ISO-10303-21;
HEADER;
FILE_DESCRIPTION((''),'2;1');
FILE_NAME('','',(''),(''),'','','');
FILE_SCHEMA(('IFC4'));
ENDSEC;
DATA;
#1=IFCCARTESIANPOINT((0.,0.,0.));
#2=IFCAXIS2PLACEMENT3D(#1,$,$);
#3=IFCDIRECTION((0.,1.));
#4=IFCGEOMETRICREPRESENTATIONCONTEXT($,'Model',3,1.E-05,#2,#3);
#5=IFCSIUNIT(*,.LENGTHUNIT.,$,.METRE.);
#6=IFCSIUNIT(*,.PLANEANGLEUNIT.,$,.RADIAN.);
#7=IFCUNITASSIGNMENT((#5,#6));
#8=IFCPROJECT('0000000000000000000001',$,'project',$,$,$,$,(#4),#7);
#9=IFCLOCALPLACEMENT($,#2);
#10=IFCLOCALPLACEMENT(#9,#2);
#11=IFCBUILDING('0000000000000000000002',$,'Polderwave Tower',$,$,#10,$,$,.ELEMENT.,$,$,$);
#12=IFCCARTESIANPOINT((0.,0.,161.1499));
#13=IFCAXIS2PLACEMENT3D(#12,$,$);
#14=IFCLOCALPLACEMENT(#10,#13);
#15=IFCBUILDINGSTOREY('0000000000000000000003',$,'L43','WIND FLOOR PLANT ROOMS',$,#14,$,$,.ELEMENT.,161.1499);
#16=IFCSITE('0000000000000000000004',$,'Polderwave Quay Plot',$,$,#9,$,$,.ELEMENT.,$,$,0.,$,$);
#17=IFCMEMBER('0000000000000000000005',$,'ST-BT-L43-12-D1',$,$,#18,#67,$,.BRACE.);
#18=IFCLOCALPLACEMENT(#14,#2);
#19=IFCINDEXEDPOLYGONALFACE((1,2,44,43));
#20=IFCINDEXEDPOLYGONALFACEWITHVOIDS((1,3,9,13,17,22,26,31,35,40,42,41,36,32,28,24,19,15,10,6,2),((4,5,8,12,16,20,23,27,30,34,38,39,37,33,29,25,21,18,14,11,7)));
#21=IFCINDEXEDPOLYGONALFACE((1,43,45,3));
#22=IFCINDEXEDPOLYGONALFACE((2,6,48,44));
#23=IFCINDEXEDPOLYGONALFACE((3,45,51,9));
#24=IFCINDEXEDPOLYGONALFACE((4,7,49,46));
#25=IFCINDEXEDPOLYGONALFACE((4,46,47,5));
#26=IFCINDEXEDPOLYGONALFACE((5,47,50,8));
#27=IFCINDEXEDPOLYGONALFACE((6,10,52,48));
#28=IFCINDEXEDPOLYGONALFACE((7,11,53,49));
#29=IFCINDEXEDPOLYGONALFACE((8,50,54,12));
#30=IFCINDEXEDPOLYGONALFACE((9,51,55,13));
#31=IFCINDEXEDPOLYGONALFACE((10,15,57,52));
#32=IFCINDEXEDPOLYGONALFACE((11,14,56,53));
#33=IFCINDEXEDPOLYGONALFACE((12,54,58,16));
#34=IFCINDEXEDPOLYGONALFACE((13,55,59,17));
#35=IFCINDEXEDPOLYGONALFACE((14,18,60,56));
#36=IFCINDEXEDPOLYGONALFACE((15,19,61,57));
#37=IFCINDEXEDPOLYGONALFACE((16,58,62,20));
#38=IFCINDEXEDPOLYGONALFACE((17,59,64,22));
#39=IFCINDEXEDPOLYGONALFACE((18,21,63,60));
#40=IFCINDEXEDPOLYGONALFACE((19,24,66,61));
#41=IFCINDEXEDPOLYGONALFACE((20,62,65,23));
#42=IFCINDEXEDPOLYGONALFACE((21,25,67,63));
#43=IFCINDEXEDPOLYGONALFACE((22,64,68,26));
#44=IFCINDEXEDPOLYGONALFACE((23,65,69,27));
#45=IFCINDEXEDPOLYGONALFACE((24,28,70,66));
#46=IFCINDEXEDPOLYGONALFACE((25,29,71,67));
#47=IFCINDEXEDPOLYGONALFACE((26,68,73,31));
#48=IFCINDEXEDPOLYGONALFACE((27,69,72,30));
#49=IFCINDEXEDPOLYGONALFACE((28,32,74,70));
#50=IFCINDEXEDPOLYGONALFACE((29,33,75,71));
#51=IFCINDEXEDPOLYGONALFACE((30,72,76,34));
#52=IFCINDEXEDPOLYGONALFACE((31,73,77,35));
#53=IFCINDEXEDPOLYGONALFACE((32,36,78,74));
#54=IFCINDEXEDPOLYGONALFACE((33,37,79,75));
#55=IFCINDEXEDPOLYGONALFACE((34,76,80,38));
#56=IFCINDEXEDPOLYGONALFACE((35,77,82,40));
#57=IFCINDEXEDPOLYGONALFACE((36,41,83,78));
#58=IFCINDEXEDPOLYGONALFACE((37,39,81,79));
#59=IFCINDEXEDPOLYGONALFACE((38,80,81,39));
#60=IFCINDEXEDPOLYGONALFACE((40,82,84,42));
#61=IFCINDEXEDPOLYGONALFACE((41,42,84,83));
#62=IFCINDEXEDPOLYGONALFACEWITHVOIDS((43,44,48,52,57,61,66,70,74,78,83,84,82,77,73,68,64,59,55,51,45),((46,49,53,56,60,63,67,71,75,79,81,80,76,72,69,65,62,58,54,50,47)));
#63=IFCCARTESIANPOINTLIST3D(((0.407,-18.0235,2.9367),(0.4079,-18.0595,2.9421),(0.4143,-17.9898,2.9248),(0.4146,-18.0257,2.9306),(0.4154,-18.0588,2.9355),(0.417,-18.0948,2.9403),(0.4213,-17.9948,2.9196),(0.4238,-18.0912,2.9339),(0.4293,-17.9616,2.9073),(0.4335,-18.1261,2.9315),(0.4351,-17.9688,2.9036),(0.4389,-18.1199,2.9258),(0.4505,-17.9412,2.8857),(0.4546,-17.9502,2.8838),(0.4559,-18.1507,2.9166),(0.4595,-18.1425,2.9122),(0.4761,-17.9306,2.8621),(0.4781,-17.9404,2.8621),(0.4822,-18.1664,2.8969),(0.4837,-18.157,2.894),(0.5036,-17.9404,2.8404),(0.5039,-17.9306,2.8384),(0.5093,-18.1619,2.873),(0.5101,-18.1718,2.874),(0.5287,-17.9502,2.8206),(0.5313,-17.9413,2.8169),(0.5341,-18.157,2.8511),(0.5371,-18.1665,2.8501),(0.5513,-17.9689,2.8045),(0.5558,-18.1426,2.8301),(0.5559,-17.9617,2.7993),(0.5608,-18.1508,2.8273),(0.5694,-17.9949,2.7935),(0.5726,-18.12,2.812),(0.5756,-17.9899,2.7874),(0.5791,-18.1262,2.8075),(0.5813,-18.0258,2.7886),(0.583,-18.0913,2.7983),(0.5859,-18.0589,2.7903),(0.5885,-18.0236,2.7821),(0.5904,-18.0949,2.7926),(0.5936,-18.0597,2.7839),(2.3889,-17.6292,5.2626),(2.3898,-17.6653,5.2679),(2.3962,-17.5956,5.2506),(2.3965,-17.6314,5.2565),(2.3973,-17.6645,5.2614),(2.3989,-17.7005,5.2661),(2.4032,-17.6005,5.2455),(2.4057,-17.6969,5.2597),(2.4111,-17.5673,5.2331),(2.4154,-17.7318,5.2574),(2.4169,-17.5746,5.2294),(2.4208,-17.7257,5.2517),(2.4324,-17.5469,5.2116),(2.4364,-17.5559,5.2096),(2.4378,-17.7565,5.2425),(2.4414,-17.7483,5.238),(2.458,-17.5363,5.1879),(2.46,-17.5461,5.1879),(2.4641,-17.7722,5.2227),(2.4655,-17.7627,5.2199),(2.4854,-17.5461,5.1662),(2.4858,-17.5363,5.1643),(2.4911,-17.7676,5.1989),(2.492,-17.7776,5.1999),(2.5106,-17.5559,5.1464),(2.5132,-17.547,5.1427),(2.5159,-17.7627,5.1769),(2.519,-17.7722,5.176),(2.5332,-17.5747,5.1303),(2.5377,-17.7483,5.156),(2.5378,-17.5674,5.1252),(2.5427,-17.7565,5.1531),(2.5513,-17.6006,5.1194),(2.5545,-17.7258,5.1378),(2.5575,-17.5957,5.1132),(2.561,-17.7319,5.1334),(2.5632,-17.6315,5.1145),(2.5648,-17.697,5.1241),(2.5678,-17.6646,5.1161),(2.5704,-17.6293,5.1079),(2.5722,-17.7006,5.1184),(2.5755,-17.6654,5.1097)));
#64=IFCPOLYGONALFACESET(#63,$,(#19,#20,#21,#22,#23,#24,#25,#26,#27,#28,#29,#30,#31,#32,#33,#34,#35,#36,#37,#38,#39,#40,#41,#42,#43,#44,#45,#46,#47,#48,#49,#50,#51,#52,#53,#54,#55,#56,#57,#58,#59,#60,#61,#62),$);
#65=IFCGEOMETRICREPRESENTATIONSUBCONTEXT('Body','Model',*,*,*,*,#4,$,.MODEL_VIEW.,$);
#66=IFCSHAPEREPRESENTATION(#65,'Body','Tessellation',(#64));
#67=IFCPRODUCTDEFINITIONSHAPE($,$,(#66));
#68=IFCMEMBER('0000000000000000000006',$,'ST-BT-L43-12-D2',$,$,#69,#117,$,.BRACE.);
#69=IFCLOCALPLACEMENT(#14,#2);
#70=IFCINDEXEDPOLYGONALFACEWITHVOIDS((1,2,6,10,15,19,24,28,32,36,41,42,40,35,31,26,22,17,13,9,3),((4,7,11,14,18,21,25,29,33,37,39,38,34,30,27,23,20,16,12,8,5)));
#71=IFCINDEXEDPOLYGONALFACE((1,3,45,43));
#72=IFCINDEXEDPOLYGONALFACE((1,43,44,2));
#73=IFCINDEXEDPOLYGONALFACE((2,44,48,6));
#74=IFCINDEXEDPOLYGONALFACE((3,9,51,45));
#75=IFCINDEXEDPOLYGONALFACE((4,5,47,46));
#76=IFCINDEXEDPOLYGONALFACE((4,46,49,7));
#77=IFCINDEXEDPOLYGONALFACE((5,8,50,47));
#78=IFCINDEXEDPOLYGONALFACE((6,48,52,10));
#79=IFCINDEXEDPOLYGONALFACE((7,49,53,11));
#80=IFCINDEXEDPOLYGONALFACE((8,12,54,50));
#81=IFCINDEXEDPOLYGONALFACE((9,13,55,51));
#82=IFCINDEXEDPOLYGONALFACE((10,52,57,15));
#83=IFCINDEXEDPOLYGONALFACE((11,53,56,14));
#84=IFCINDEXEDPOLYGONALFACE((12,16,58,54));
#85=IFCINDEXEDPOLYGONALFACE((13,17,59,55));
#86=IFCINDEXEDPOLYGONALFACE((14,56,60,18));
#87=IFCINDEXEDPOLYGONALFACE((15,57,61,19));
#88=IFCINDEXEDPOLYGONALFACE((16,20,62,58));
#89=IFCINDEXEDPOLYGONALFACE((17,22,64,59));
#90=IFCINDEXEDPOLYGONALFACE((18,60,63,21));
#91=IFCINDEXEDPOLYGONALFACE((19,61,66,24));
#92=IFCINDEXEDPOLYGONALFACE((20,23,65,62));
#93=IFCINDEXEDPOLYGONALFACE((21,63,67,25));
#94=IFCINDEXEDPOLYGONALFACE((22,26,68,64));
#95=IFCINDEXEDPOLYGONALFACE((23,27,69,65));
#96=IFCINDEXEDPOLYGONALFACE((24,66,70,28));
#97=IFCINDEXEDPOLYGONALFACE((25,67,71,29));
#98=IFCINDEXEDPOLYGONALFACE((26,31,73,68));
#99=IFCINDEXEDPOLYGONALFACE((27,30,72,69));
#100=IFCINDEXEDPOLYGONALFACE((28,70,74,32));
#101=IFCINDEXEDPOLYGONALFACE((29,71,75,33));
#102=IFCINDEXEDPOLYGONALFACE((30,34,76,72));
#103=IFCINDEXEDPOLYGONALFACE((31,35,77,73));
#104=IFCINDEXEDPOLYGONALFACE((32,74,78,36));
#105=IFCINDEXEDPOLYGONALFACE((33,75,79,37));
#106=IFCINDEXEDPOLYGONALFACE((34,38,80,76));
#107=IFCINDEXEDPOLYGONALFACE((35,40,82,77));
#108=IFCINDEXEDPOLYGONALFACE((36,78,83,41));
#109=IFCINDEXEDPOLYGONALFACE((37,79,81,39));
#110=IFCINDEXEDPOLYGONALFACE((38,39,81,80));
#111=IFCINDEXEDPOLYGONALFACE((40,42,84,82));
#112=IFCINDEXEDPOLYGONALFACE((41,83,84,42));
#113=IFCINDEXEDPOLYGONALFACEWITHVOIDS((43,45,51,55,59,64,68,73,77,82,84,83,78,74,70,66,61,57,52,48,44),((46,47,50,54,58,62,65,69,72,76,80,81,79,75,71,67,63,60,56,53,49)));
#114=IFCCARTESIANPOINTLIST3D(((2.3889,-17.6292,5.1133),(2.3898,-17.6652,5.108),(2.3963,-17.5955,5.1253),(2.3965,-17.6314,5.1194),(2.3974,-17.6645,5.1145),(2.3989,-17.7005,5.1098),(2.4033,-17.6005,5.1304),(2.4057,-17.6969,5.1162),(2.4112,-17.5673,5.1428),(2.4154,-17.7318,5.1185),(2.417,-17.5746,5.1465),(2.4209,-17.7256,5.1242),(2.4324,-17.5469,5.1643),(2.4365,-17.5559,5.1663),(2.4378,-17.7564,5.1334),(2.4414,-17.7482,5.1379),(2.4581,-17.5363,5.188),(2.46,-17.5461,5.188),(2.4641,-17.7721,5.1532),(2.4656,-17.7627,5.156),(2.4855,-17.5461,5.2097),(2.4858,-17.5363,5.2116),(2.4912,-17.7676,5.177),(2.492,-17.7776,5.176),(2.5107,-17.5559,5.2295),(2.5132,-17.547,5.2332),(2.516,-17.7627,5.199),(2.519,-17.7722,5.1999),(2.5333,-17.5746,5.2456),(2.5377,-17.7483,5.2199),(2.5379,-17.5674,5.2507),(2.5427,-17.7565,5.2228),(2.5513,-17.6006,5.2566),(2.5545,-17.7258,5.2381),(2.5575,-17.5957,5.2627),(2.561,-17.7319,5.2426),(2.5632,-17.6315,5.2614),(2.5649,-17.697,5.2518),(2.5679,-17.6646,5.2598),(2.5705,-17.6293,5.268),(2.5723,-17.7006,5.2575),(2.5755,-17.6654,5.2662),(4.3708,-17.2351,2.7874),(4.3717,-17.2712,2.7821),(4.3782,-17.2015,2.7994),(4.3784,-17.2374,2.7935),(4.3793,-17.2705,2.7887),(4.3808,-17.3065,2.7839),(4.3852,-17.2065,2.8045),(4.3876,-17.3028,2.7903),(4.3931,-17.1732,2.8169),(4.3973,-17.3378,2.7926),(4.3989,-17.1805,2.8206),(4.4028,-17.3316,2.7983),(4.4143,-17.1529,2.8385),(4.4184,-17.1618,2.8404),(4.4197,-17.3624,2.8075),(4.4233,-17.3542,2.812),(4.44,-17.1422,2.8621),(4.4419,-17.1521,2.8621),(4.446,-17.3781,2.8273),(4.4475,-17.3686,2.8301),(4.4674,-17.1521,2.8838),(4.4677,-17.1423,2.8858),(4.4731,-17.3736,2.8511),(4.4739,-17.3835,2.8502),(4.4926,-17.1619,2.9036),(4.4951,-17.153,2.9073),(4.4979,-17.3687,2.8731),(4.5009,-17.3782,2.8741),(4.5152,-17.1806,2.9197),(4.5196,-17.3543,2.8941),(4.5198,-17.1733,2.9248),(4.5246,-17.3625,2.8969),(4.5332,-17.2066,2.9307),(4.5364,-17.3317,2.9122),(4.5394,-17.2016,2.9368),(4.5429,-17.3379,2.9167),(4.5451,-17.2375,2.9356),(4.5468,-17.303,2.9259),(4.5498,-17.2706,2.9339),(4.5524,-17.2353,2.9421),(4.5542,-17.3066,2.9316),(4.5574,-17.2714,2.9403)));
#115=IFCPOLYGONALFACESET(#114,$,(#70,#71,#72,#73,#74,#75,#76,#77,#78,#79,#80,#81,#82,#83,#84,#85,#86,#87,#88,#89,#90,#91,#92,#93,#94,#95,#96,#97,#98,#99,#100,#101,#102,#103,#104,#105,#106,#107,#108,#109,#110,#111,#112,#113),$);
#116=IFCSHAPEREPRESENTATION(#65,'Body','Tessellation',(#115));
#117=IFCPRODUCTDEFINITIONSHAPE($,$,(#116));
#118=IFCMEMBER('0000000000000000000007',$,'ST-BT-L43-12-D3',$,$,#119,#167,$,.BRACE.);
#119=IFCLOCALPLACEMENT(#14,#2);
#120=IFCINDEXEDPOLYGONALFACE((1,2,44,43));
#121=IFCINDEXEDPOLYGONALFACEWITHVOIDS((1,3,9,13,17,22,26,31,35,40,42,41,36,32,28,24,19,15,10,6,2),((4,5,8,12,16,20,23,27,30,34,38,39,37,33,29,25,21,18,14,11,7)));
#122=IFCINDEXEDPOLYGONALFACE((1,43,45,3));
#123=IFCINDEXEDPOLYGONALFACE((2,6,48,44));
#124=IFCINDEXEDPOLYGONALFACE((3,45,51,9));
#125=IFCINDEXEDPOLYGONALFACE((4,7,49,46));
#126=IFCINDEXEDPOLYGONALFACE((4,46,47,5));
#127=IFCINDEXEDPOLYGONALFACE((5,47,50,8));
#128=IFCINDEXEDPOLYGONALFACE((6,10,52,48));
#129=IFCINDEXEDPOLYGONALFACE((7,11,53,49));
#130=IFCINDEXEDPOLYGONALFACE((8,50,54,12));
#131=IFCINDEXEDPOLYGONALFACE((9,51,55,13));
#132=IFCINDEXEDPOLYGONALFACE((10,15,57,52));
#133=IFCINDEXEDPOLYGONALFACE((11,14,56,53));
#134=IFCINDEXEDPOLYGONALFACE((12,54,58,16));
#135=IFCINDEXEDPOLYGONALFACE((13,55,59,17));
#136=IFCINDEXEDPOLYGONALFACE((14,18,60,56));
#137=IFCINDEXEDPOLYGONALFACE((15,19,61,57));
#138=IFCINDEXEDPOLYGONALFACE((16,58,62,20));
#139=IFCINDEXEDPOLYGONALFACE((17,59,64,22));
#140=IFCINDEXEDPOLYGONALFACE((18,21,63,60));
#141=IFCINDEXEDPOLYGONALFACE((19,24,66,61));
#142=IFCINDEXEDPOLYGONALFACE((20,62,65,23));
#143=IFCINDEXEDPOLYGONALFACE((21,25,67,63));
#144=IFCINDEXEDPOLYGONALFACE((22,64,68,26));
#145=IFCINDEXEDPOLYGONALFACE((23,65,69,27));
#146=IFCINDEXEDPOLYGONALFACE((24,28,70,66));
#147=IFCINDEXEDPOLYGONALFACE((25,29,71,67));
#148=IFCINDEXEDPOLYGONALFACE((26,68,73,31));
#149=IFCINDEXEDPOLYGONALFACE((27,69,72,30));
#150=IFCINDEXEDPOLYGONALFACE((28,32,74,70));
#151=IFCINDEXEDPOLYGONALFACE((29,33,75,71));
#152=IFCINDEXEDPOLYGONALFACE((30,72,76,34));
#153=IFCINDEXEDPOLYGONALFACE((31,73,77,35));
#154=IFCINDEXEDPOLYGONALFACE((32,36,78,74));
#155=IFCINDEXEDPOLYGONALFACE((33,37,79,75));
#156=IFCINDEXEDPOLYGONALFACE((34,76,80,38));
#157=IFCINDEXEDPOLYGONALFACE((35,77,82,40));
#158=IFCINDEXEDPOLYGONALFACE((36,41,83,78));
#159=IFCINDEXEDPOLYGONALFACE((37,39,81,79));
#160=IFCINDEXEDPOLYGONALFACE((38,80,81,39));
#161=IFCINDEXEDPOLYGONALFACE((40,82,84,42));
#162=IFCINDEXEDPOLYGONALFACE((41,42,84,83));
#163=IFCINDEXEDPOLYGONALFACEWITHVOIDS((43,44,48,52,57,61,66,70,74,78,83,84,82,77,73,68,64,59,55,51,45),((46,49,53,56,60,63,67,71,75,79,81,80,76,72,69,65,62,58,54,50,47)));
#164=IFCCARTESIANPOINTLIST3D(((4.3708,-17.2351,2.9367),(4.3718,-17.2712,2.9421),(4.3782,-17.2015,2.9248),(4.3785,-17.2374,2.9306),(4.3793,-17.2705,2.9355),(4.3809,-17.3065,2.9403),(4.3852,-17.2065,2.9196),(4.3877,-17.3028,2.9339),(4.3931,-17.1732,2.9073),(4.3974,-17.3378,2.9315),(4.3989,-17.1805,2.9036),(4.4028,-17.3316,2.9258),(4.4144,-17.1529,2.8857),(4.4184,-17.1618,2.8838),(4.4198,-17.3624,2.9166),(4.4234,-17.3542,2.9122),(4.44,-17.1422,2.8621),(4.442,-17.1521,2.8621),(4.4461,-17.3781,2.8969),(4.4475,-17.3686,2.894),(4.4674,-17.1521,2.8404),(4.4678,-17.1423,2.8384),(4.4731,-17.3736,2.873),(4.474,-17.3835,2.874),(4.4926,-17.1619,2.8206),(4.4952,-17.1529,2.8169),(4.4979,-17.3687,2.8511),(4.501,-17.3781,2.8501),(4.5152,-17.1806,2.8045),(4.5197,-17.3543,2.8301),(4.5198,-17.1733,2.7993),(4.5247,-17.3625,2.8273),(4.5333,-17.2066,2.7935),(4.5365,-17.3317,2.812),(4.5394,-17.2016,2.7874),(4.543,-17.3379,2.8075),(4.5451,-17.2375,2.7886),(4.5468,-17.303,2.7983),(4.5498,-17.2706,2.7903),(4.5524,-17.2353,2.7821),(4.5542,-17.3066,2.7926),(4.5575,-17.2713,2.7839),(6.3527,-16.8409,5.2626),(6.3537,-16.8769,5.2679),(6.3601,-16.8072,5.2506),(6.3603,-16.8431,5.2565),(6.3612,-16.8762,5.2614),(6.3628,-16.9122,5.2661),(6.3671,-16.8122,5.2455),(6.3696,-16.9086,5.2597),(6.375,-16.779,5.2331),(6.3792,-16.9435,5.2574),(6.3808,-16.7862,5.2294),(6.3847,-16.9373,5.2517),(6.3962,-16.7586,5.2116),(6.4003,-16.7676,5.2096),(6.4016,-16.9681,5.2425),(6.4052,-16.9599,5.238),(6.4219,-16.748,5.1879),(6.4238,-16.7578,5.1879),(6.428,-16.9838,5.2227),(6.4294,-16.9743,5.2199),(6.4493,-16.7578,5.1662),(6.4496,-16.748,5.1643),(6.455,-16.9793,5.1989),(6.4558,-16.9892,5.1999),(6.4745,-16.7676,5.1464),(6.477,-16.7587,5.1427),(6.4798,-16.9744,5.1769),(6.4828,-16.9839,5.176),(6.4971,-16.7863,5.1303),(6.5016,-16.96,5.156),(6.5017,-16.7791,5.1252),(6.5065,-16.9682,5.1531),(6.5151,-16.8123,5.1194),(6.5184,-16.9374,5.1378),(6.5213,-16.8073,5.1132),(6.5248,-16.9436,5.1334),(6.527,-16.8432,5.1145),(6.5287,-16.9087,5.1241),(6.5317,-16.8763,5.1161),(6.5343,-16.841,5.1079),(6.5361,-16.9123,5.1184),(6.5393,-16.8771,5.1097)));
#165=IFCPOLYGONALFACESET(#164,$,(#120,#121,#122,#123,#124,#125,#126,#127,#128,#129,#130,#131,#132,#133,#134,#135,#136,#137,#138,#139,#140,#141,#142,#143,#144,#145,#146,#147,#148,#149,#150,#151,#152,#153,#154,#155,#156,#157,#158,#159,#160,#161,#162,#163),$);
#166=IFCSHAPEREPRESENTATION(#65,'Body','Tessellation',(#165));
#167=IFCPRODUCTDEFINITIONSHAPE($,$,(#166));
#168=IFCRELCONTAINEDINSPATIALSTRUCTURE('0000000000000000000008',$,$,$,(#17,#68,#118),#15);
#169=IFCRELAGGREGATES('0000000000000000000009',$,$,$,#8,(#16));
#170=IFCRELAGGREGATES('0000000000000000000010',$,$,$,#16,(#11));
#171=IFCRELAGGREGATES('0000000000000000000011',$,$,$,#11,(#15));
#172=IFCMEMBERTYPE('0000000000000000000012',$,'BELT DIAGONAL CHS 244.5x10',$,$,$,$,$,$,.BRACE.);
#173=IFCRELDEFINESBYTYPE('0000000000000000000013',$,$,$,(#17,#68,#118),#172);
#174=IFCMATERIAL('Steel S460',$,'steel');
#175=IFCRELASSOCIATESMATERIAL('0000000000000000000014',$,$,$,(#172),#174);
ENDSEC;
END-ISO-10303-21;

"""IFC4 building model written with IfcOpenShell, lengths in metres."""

from ifc_helpers import new_model, si_unit, direction, frame, origin, origin_2d, place, context, subcontext, project, spatial, hollow_circle, extrude, material, material_profile, profile_set, type_object, element, save


model = new_model("IFC4")

# Units and contexts
model_context = context("Model", 3, precision=1e-05, world=origin(), true_north=direction((0.0, 1.0)))
body_context = subcontext(model_context, "Body", "Model", "MODEL_VIEW")
ifc_project = project(units=[si_unit("LENGTHUNIT", "METRE"), si_unit("PLANEANGLEUNIT", "RADIAN")], contexts=[model_context])

# Site, building, storey
site_placement = place(None, origin())
site = spatial("IfcSite", under=ifc_project, at=site_placement, Name="Polderwave Quay Plot", CompositionType="ELEMENT", RefElevation=0.0)
building_placement = place(site_placement, origin())
building = spatial("IfcBuilding", under=site, at=building_placement, Name="Polderwave Tower", CompositionType="ELEMENT")
storey_placement = place(building_placement, frame((0.0, 0.0, 161.1499)))
storey = spatial("IfcBuildingStorey", under=building, at=storey_placement, Name="L43", Description="WIND FLOOR PLANT ROOMS", CompositionType="ELEMENT", Elevation=161.1499)

# Members
ifc_material_1 = material(Name="Steel S460", Category="steel")
ifc_material_profile_1 = material_profile(ifc_material_1, hollow_circle(Radius=0.1223, WallThickness=0.01, at=origin_2d()), Name="CHS 244.5x10")
ifc_profile_set_1 = profile_set([ifc_material_profile_1], Name="Steel S460")
member_type_1 = type_object("IfcMemberType", Name="BELT DIAGONAL CHS 244.5x10", PredefinedType="BRACE", material=ifc_profile_set_1)
for number, where, z_axis, x_axis, name in (
    (1, (0.5, -18.0505, 2.8621), (0.643246, 0.127968, 0.75489), (-0.195117, 0.98078, 0.0), "ST-BT-L43-12-D1"),
    (2, (2.4819, -17.6562, 5.188), (0.643252, 0.12789, -0.754898), (-0.195001, 0.980803, 0.0), "ST-BT-L43-12-D2"),
    (3, (4.4639, -17.2622, 2.8621), (0.643246, 0.127968, 0.75489), (-0.195117, 0.98078, 0.0), "ST-BT-L43-12-D3"),
):
    element("IfcMember", number, at=place(storey_placement, frame(where, z_axis=z_axis, x_axis=x_axis)), inside=storey, type_object=member_type_1, Name=name, PredefinedType="BRACE", context=body_context, shape_type="SweptSolid", body=[
        extrude(hollow_circle(Radius=0.1223, WallThickness=0.01, at=origin_2d()), origin(), (0.0, 0.0, 1.0), 3.0811),
    ])

save(model, "model.ifc")
